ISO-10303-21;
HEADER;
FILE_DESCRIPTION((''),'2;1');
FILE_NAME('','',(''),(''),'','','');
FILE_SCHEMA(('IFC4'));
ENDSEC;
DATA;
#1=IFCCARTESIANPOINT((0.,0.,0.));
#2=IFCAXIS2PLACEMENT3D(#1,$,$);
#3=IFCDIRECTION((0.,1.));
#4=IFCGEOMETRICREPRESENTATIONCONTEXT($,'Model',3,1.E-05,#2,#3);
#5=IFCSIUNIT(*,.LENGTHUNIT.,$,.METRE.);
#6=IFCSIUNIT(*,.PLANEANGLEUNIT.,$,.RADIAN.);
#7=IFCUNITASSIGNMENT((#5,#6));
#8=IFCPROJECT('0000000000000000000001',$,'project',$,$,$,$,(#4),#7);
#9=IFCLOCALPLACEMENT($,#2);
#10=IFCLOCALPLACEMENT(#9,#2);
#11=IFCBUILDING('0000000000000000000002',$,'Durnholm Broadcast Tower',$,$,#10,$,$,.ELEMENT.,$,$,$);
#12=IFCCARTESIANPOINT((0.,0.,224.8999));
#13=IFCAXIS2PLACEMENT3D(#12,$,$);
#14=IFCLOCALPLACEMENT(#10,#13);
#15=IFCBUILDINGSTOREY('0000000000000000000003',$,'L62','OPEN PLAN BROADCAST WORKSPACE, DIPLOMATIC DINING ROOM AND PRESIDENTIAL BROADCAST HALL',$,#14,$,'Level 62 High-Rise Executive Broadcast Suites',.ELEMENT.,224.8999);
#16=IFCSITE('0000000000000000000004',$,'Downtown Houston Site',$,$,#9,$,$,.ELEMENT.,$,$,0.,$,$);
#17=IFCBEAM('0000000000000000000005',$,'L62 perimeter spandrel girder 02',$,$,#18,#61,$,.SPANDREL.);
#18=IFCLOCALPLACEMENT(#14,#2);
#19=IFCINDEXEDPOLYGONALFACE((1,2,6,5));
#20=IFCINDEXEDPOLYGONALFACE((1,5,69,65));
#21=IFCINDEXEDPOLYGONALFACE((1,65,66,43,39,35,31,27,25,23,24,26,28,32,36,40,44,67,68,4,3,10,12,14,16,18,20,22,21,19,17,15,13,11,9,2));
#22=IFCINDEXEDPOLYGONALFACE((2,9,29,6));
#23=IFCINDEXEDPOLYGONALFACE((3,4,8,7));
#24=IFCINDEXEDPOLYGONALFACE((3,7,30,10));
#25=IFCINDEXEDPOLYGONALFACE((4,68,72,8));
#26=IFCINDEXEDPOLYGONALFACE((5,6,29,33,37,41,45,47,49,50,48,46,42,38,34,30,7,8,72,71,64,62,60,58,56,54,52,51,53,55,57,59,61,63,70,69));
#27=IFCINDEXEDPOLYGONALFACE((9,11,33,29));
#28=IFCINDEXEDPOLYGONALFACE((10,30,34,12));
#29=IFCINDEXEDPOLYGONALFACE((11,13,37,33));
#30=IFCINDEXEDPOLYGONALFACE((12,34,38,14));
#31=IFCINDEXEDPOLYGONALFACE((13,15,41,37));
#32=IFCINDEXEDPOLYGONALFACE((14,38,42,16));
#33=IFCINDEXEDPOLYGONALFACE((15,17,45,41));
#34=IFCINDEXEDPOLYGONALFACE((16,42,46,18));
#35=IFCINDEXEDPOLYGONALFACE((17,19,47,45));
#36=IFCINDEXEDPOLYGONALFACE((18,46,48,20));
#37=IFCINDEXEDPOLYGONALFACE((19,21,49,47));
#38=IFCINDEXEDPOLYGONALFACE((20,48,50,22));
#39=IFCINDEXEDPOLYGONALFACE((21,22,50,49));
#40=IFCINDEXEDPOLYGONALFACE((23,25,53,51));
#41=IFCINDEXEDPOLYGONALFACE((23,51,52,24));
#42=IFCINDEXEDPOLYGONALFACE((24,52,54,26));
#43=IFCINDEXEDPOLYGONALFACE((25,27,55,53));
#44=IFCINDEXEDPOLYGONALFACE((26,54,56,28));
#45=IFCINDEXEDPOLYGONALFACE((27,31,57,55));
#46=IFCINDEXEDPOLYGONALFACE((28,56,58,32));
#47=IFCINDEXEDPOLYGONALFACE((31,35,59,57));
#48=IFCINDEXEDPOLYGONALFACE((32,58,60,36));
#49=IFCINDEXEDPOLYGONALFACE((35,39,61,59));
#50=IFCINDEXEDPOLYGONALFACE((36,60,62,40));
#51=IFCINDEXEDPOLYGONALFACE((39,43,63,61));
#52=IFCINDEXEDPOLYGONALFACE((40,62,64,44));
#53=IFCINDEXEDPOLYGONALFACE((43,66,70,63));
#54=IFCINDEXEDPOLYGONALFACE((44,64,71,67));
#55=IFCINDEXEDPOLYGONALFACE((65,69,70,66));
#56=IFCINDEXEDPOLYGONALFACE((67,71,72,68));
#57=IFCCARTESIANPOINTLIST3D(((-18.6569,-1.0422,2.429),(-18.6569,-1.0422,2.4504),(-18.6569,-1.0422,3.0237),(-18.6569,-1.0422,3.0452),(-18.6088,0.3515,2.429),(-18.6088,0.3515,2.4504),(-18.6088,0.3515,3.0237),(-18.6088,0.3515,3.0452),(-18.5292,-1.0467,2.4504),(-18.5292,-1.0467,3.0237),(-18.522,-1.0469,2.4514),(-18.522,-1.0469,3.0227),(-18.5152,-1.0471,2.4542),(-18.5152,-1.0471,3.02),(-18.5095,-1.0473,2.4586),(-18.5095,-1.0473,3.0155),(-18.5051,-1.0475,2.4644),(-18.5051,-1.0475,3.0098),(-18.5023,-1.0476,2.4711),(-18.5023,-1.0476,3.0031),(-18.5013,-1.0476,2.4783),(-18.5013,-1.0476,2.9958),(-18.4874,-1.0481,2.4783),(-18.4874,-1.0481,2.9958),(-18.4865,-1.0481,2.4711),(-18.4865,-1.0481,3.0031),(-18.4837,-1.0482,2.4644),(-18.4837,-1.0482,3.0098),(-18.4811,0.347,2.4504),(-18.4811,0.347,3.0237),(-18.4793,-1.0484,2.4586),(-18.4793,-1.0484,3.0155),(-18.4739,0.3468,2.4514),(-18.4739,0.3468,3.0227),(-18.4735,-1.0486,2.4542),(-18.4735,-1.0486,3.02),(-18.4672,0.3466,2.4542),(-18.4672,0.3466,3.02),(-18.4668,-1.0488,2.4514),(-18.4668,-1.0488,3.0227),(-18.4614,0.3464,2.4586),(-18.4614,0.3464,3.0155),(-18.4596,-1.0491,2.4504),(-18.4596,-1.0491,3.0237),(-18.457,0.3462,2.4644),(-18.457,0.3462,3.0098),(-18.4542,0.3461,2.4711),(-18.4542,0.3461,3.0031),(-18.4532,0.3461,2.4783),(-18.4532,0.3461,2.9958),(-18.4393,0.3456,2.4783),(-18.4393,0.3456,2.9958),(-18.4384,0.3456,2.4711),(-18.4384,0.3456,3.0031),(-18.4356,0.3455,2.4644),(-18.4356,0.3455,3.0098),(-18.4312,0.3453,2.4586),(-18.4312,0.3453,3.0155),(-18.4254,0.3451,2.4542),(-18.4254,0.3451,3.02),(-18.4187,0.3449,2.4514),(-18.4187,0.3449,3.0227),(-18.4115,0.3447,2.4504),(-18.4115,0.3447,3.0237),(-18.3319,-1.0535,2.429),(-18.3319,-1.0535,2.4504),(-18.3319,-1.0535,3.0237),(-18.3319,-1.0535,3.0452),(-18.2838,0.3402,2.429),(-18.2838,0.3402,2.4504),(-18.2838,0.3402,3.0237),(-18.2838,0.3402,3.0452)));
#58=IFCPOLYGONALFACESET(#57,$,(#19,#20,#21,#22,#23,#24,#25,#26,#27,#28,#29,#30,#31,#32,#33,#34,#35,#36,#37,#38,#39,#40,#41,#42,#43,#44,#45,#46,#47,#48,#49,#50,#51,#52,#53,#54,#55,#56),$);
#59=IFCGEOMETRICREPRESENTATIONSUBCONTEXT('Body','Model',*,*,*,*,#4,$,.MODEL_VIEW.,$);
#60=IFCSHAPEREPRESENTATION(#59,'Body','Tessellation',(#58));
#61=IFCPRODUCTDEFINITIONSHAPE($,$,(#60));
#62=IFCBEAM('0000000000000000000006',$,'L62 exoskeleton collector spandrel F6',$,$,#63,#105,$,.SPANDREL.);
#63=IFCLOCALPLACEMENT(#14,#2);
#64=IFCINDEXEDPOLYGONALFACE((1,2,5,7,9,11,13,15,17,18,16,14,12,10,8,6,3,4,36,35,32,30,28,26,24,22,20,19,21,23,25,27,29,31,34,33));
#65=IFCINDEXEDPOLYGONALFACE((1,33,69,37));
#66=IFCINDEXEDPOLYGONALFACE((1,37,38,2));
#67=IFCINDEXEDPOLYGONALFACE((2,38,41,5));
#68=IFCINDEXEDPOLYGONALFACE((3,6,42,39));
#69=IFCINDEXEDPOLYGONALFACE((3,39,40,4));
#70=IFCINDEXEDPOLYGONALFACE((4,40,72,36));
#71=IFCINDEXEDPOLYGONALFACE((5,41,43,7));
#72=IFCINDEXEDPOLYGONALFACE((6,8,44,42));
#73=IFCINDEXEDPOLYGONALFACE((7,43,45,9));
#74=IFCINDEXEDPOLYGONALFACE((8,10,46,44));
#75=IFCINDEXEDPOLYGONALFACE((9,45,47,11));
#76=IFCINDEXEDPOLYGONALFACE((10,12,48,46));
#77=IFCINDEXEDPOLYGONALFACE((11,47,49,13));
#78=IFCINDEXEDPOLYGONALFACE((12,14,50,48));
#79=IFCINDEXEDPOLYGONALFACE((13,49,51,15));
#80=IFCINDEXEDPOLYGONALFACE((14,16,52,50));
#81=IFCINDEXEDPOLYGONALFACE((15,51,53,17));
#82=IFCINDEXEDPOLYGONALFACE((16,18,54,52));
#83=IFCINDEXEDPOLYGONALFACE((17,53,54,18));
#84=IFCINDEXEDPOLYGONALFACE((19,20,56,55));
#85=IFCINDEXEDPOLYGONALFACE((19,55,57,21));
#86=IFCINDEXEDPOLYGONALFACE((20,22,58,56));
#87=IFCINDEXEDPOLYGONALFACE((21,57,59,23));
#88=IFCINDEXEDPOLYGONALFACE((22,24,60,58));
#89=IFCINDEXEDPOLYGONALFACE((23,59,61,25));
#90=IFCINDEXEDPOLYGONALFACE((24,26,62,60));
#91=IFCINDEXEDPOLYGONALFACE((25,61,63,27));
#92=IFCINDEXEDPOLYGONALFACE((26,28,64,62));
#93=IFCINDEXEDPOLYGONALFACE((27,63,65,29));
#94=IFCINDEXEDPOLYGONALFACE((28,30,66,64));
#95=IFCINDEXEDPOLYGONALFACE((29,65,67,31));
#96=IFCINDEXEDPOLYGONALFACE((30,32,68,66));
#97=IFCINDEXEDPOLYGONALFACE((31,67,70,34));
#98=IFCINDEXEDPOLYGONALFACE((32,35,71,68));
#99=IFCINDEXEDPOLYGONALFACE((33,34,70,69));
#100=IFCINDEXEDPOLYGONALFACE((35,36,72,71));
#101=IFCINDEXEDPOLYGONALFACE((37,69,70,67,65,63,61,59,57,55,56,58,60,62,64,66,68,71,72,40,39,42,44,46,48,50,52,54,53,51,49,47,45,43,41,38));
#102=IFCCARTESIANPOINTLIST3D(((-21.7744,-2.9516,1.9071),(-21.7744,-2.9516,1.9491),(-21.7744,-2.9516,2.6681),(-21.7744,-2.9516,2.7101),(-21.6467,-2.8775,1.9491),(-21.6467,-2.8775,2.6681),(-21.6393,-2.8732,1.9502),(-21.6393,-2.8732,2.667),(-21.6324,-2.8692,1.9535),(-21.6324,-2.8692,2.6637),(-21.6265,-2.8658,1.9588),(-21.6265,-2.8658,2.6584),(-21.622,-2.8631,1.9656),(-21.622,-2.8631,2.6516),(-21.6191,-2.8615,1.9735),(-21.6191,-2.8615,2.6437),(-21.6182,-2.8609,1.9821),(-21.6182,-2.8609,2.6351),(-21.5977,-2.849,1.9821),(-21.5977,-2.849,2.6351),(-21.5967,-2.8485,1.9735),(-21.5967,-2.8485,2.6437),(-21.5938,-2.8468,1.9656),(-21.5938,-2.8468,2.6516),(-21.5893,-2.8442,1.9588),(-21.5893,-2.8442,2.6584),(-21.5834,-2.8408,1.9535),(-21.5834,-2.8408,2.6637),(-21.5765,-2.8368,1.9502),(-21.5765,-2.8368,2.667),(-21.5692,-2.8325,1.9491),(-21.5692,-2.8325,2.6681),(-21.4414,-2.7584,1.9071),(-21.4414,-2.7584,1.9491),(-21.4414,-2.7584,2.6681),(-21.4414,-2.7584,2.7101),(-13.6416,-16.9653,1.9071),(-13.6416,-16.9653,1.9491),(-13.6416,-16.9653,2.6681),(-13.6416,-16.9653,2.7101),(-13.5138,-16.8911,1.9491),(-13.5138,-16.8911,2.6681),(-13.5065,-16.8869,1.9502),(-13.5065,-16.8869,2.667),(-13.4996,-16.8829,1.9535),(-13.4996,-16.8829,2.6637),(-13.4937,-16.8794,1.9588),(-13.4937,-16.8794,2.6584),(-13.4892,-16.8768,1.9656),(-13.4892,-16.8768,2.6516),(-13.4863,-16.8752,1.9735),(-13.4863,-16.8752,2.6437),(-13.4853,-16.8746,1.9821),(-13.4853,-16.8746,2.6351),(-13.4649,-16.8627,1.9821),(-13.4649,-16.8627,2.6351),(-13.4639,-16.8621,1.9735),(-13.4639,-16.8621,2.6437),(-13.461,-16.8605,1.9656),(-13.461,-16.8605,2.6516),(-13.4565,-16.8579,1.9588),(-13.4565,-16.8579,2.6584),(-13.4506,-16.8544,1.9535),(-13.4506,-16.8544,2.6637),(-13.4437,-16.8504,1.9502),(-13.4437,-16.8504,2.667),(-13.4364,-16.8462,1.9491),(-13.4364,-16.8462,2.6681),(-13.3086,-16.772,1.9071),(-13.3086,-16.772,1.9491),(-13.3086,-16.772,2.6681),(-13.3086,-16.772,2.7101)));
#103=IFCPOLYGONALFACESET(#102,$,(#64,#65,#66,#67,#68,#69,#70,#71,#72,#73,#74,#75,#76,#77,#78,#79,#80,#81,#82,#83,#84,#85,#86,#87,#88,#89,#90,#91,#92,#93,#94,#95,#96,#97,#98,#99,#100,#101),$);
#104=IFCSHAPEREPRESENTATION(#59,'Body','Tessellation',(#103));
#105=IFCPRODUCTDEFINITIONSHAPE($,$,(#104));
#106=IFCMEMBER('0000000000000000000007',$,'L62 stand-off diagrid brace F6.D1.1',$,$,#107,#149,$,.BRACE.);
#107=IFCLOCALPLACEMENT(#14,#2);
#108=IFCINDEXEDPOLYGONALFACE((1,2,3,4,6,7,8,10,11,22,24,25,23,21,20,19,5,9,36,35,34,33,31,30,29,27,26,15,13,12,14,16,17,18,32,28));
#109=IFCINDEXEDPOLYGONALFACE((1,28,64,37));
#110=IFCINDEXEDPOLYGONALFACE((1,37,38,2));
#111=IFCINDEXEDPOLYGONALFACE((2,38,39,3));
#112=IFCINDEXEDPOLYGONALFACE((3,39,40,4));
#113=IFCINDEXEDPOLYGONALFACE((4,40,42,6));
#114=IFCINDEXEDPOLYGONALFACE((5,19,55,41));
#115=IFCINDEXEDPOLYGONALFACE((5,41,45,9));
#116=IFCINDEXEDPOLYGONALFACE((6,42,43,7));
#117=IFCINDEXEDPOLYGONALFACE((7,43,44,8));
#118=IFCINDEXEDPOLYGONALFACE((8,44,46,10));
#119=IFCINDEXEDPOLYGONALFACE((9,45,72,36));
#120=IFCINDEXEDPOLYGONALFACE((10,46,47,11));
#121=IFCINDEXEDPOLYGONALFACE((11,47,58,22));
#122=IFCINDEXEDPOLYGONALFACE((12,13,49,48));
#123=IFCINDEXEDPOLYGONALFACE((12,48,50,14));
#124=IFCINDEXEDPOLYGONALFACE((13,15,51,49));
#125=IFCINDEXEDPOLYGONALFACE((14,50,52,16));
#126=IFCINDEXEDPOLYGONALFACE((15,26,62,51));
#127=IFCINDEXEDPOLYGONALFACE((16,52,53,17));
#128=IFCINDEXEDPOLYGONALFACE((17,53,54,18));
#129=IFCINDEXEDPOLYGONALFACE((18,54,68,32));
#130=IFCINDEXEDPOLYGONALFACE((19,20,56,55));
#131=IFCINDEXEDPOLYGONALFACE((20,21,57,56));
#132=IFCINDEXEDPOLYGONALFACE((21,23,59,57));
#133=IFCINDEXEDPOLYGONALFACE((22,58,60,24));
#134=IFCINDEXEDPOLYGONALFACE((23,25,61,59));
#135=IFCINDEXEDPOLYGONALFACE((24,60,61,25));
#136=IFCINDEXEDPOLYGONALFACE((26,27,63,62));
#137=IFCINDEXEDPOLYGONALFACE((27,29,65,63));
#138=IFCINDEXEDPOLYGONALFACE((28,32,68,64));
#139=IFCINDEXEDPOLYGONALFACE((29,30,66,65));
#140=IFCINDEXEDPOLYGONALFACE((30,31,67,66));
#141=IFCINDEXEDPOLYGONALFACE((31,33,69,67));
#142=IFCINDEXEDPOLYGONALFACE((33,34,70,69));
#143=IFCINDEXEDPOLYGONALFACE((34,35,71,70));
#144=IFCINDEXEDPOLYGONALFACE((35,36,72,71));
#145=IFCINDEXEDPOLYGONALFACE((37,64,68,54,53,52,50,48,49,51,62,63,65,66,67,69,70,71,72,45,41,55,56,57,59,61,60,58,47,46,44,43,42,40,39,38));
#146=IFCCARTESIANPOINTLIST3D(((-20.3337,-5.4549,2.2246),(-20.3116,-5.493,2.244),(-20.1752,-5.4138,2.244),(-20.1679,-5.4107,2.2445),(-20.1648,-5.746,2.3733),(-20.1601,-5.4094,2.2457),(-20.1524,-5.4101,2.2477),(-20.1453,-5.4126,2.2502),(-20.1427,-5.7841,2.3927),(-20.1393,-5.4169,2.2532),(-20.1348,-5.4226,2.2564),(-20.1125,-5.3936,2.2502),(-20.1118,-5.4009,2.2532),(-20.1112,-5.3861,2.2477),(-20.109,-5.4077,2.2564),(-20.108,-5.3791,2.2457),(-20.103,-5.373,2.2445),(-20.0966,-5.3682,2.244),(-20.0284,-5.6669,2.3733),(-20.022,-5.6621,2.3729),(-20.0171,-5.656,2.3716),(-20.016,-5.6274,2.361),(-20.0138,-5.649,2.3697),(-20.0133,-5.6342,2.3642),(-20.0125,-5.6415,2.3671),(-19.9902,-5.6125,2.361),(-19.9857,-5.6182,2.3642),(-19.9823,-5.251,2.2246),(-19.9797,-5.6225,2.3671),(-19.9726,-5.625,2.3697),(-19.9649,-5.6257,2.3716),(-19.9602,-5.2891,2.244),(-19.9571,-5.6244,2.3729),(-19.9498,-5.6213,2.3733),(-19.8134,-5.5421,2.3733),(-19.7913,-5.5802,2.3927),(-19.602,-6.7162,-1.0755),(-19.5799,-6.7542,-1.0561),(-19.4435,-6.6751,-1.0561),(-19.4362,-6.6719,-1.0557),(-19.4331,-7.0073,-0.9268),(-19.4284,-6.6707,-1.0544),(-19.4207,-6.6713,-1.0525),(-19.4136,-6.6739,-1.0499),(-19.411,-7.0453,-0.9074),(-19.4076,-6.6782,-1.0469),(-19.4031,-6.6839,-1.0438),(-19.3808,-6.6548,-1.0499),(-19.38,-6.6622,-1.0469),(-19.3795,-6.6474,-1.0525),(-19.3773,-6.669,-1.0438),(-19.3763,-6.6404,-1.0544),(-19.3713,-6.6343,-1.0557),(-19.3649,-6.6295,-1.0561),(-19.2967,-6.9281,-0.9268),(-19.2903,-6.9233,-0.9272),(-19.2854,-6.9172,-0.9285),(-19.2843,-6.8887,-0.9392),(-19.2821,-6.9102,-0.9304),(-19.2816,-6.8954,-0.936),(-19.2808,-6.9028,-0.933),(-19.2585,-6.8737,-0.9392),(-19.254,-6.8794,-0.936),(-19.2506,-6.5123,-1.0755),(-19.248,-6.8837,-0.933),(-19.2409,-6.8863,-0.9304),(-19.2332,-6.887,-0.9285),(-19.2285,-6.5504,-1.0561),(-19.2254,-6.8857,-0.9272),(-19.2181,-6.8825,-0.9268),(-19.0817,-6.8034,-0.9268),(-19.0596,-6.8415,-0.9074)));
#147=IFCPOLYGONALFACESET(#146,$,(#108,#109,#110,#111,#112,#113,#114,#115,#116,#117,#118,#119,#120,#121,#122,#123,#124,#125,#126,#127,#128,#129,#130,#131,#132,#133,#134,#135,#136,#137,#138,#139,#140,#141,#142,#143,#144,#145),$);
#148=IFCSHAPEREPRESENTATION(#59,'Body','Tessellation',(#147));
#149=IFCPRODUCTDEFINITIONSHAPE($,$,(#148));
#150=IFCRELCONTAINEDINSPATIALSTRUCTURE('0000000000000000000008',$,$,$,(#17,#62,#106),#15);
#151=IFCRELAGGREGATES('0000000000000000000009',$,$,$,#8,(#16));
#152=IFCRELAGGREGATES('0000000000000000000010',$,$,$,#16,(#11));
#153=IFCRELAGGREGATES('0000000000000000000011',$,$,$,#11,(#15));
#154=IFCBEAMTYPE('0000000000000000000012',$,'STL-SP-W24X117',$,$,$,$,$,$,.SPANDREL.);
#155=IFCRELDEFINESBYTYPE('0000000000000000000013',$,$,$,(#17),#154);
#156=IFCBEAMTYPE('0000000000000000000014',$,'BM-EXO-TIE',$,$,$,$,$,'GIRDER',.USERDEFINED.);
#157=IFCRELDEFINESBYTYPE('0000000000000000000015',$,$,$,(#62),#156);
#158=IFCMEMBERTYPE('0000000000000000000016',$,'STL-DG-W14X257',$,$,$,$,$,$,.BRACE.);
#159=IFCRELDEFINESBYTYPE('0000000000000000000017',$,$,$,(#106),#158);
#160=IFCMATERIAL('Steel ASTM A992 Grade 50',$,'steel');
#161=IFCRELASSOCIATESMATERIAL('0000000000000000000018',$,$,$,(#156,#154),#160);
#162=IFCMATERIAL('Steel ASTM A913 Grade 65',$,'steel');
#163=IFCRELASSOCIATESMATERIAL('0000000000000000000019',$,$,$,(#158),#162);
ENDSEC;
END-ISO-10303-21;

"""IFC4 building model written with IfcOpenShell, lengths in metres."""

from ifc_helpers import new_model, si_unit, direction, frame, origin, origin_2d, place, context, subcontext, project, spatial, i_section, extrude, source, transform, mapped, material, material_profile, profile_set, type_object, type_shapes, element, save


model = new_model("IFC4")

# Units and contexts
model_context = context("Model", 3, precision=1e-05, world=origin(), true_north=direction((0.0, 1.0)))
body_context = subcontext(model_context, "Body", "Model", "MODEL_VIEW")
ifc_project = project(units=[si_unit("LENGTHUNIT", "METRE"), si_unit("PLANEANGLEUNIT", "RADIAN")], contexts=[model_context])

# Site, building, storey
site_placement = place(None, origin())
site = spatial("IfcSite", under=ifc_project, at=site_placement, Name="Downtown Houston Site", CompositionType="ELEMENT", RefElevation=0.0)
building_placement = place(site_placement, origin())
building = spatial("IfcBuilding", under=site, at=building_placement, Name="Durnholm Broadcast Tower", CompositionType="ELEMENT")
storey_placement = place(building_placement, frame((0.0, 0.0, 224.8999)))
storey = spatial("IfcBuildingStorey", under=building, at=storey_placement, Name="L62", Description="OPEN PLAN BROADCAST WORKSPACE, DIPLOMATIC DINING ROOM AND PRESIDENTIAL BROADCAST HALL", LongName="Level 62 High-Rise Executive Broadcast Suites", CompositionType="ELEMENT", Elevation=224.8999)

# Beams
ifc_material_1 = material(Name="Steel ASTM A992 Grade 50", Category="steel")
ifc_material_profile_1 = material_profile(ifc_material_1, i_section(OverallWidth=0.385, OverallDepth=0.803, WebThickness=0.0237, FlangeThickness=0.042, FilletRadius=0.033, at=origin_2d()), Name="W30X261")
ifc_profile_set_1 = profile_set([ifc_material_profile_1], Name="Steel ASTM A992 Grade 50")
beam_type_1 = type_object("IfcBeamType", Name="BM-EXO-TIE", ElementType="GIRDER", PredefinedType="USERDEFINED", material=ifc_profile_set_1)
ifc_material_profile_2 = material_profile(ifc_material_1, i_section(OverallWidth=0.3252, OverallDepth=0.6162, WebThickness=0.0139, FlangeThickness=0.0215, FilletRadius=0.0278, at=origin_2d()), Name="W24X117")
ifc_profile_set_2 = profile_set([ifc_material_profile_2], Name="Steel ASTM A992 Grade 50")
beam_type_2 = type_object("IfcBeamType", Name="STL-SP-W24X117", PredefinedType="SPANDREL", material=ifc_profile_set_2)
shared_shape_1 = source(origin(), body_context, "Body", "SweptSolid", [
    extrude(i_section(OverallWidth=0.3252, OverallDepth=0.6162, WebThickness=0.0139, FlangeThickness=0.0215, FilletRadius=0.0278, at=origin_2d()), origin(), (0.0, 0.0, 1.0), 1.3945),
])
beam_1_placement = place(storey_placement, frame((-18.4944, -1.0479, 2.7371), z_axis=(0.034486, 0.999405, 0.0), x_axis=(-0.999405, 0.034486, 0.0)))
element("IfcBeam", 1, at=beam_1_placement, inside=storey, type_object=beam_type_2, Name="L62 perimeter spandrel girder 02", PredefinedType="SPANDREL", context=body_context, shape_type="MappedRepresentation", body=[
    mapped(shared_shape_1, transform((0.0, 0.0, 0.0), x_axis=(1.0, 0.0, 0.0), y_axis=(0.0, 1.0, 0.0), z_axis=(0.0, 0.0, 1.0), scale=1.0)),
])
shared_shape_2 = source(origin(), body_context, "Body", "SweptSolid", [
    extrude(i_section(OverallWidth=0.385, OverallDepth=0.803, WebThickness=0.0237, FlangeThickness=0.042, FilletRadius=0.033, at=origin_2d()), origin(), (0.0, 0.0, 1.0), 16.2026),
])
beam_2_placement = place(storey_placement, frame((-21.6079, -2.855, 2.3086), z_axis=(0.501944, -0.8649, 0.0), x_axis=(0.8649, 0.501944, 0.0)))
element("IfcBeam", 2, at=beam_2_placement, inside=storey, type_object=beam_type_1, Name="L62 exoskeleton collector spandrel F6", PredefinedType="SPANDREL", context=body_context, shape_type="MappedRepresentation", body=[
    mapped(shared_shape_2, transform((0.0, 0.0, 0.0), x_axis=(1.0, 0.0, 0.0), y_axis=(0.0, 1.0, 0.0), z_axis=(0.0, 0.0, 1.0), scale=1.0)),
])

# Member
ifc_material_2 = material(Name="Steel ASTM A913 Grade 65", Category="steel")
ifc_material_profile_3 = material_profile(ifc_material_2, i_section(OverallWidth=0.4062, OverallDepth=0.416, WebThickness=0.0298, FlangeThickness=0.0481, FilletRadius=0.0305, at=origin_2d()), Name="W14X257")
ifc_profile_set_3 = profile_set([ifc_material_profile_3], Name="Steel ASTM A913 Grade 65")
member_type_1 = type_object("IfcMemberType", Name="STL-DG-W14X257", PredefinedType="BRACE", material=ifc_profile_set_3)
shared_shape_3 = source(origin(), body_context, "Body", "SweptSolid", [
    extrude(i_section(OverallWidth=0.4062, OverallDepth=0.416, WebThickness=0.0298, FlangeThickness=0.0481, FilletRadius=0.0305, at=origin_2d()), origin(), (0.0, 0.0, 1.0), 3.6079),
])
type_shapes(member_type_1, [shared_shape_3])
for number, where, z_axis, x_axis, name in (
    (3, (-19.3308, -6.7788, -0.9915), (-0.202806, 0.349582, 0.914692), (-0.864979, -0.501808, 0.0), "L62 stand-off diagrid brace F6.D1.1"),
):
    element("IfcMember", number, at=place(storey_placement, frame(where, z_axis=z_axis, x_axis=x_axis)), inside=storey, type_object=member_type_1, Name=name, PredefinedType="BRACE", context=body_context, shape_type="MappedRepresentation", body=[
        mapped(shared_shape_3, transform((0.0, 0.0, 0.0), x_axis=(1.0, 0.0, 0.0), y_axis=(0.0, 1.0, 0.0), z_axis=(0.0, 0.0, 1.0), scale=1.0)),
    ])

save(model, "model.ifc")
